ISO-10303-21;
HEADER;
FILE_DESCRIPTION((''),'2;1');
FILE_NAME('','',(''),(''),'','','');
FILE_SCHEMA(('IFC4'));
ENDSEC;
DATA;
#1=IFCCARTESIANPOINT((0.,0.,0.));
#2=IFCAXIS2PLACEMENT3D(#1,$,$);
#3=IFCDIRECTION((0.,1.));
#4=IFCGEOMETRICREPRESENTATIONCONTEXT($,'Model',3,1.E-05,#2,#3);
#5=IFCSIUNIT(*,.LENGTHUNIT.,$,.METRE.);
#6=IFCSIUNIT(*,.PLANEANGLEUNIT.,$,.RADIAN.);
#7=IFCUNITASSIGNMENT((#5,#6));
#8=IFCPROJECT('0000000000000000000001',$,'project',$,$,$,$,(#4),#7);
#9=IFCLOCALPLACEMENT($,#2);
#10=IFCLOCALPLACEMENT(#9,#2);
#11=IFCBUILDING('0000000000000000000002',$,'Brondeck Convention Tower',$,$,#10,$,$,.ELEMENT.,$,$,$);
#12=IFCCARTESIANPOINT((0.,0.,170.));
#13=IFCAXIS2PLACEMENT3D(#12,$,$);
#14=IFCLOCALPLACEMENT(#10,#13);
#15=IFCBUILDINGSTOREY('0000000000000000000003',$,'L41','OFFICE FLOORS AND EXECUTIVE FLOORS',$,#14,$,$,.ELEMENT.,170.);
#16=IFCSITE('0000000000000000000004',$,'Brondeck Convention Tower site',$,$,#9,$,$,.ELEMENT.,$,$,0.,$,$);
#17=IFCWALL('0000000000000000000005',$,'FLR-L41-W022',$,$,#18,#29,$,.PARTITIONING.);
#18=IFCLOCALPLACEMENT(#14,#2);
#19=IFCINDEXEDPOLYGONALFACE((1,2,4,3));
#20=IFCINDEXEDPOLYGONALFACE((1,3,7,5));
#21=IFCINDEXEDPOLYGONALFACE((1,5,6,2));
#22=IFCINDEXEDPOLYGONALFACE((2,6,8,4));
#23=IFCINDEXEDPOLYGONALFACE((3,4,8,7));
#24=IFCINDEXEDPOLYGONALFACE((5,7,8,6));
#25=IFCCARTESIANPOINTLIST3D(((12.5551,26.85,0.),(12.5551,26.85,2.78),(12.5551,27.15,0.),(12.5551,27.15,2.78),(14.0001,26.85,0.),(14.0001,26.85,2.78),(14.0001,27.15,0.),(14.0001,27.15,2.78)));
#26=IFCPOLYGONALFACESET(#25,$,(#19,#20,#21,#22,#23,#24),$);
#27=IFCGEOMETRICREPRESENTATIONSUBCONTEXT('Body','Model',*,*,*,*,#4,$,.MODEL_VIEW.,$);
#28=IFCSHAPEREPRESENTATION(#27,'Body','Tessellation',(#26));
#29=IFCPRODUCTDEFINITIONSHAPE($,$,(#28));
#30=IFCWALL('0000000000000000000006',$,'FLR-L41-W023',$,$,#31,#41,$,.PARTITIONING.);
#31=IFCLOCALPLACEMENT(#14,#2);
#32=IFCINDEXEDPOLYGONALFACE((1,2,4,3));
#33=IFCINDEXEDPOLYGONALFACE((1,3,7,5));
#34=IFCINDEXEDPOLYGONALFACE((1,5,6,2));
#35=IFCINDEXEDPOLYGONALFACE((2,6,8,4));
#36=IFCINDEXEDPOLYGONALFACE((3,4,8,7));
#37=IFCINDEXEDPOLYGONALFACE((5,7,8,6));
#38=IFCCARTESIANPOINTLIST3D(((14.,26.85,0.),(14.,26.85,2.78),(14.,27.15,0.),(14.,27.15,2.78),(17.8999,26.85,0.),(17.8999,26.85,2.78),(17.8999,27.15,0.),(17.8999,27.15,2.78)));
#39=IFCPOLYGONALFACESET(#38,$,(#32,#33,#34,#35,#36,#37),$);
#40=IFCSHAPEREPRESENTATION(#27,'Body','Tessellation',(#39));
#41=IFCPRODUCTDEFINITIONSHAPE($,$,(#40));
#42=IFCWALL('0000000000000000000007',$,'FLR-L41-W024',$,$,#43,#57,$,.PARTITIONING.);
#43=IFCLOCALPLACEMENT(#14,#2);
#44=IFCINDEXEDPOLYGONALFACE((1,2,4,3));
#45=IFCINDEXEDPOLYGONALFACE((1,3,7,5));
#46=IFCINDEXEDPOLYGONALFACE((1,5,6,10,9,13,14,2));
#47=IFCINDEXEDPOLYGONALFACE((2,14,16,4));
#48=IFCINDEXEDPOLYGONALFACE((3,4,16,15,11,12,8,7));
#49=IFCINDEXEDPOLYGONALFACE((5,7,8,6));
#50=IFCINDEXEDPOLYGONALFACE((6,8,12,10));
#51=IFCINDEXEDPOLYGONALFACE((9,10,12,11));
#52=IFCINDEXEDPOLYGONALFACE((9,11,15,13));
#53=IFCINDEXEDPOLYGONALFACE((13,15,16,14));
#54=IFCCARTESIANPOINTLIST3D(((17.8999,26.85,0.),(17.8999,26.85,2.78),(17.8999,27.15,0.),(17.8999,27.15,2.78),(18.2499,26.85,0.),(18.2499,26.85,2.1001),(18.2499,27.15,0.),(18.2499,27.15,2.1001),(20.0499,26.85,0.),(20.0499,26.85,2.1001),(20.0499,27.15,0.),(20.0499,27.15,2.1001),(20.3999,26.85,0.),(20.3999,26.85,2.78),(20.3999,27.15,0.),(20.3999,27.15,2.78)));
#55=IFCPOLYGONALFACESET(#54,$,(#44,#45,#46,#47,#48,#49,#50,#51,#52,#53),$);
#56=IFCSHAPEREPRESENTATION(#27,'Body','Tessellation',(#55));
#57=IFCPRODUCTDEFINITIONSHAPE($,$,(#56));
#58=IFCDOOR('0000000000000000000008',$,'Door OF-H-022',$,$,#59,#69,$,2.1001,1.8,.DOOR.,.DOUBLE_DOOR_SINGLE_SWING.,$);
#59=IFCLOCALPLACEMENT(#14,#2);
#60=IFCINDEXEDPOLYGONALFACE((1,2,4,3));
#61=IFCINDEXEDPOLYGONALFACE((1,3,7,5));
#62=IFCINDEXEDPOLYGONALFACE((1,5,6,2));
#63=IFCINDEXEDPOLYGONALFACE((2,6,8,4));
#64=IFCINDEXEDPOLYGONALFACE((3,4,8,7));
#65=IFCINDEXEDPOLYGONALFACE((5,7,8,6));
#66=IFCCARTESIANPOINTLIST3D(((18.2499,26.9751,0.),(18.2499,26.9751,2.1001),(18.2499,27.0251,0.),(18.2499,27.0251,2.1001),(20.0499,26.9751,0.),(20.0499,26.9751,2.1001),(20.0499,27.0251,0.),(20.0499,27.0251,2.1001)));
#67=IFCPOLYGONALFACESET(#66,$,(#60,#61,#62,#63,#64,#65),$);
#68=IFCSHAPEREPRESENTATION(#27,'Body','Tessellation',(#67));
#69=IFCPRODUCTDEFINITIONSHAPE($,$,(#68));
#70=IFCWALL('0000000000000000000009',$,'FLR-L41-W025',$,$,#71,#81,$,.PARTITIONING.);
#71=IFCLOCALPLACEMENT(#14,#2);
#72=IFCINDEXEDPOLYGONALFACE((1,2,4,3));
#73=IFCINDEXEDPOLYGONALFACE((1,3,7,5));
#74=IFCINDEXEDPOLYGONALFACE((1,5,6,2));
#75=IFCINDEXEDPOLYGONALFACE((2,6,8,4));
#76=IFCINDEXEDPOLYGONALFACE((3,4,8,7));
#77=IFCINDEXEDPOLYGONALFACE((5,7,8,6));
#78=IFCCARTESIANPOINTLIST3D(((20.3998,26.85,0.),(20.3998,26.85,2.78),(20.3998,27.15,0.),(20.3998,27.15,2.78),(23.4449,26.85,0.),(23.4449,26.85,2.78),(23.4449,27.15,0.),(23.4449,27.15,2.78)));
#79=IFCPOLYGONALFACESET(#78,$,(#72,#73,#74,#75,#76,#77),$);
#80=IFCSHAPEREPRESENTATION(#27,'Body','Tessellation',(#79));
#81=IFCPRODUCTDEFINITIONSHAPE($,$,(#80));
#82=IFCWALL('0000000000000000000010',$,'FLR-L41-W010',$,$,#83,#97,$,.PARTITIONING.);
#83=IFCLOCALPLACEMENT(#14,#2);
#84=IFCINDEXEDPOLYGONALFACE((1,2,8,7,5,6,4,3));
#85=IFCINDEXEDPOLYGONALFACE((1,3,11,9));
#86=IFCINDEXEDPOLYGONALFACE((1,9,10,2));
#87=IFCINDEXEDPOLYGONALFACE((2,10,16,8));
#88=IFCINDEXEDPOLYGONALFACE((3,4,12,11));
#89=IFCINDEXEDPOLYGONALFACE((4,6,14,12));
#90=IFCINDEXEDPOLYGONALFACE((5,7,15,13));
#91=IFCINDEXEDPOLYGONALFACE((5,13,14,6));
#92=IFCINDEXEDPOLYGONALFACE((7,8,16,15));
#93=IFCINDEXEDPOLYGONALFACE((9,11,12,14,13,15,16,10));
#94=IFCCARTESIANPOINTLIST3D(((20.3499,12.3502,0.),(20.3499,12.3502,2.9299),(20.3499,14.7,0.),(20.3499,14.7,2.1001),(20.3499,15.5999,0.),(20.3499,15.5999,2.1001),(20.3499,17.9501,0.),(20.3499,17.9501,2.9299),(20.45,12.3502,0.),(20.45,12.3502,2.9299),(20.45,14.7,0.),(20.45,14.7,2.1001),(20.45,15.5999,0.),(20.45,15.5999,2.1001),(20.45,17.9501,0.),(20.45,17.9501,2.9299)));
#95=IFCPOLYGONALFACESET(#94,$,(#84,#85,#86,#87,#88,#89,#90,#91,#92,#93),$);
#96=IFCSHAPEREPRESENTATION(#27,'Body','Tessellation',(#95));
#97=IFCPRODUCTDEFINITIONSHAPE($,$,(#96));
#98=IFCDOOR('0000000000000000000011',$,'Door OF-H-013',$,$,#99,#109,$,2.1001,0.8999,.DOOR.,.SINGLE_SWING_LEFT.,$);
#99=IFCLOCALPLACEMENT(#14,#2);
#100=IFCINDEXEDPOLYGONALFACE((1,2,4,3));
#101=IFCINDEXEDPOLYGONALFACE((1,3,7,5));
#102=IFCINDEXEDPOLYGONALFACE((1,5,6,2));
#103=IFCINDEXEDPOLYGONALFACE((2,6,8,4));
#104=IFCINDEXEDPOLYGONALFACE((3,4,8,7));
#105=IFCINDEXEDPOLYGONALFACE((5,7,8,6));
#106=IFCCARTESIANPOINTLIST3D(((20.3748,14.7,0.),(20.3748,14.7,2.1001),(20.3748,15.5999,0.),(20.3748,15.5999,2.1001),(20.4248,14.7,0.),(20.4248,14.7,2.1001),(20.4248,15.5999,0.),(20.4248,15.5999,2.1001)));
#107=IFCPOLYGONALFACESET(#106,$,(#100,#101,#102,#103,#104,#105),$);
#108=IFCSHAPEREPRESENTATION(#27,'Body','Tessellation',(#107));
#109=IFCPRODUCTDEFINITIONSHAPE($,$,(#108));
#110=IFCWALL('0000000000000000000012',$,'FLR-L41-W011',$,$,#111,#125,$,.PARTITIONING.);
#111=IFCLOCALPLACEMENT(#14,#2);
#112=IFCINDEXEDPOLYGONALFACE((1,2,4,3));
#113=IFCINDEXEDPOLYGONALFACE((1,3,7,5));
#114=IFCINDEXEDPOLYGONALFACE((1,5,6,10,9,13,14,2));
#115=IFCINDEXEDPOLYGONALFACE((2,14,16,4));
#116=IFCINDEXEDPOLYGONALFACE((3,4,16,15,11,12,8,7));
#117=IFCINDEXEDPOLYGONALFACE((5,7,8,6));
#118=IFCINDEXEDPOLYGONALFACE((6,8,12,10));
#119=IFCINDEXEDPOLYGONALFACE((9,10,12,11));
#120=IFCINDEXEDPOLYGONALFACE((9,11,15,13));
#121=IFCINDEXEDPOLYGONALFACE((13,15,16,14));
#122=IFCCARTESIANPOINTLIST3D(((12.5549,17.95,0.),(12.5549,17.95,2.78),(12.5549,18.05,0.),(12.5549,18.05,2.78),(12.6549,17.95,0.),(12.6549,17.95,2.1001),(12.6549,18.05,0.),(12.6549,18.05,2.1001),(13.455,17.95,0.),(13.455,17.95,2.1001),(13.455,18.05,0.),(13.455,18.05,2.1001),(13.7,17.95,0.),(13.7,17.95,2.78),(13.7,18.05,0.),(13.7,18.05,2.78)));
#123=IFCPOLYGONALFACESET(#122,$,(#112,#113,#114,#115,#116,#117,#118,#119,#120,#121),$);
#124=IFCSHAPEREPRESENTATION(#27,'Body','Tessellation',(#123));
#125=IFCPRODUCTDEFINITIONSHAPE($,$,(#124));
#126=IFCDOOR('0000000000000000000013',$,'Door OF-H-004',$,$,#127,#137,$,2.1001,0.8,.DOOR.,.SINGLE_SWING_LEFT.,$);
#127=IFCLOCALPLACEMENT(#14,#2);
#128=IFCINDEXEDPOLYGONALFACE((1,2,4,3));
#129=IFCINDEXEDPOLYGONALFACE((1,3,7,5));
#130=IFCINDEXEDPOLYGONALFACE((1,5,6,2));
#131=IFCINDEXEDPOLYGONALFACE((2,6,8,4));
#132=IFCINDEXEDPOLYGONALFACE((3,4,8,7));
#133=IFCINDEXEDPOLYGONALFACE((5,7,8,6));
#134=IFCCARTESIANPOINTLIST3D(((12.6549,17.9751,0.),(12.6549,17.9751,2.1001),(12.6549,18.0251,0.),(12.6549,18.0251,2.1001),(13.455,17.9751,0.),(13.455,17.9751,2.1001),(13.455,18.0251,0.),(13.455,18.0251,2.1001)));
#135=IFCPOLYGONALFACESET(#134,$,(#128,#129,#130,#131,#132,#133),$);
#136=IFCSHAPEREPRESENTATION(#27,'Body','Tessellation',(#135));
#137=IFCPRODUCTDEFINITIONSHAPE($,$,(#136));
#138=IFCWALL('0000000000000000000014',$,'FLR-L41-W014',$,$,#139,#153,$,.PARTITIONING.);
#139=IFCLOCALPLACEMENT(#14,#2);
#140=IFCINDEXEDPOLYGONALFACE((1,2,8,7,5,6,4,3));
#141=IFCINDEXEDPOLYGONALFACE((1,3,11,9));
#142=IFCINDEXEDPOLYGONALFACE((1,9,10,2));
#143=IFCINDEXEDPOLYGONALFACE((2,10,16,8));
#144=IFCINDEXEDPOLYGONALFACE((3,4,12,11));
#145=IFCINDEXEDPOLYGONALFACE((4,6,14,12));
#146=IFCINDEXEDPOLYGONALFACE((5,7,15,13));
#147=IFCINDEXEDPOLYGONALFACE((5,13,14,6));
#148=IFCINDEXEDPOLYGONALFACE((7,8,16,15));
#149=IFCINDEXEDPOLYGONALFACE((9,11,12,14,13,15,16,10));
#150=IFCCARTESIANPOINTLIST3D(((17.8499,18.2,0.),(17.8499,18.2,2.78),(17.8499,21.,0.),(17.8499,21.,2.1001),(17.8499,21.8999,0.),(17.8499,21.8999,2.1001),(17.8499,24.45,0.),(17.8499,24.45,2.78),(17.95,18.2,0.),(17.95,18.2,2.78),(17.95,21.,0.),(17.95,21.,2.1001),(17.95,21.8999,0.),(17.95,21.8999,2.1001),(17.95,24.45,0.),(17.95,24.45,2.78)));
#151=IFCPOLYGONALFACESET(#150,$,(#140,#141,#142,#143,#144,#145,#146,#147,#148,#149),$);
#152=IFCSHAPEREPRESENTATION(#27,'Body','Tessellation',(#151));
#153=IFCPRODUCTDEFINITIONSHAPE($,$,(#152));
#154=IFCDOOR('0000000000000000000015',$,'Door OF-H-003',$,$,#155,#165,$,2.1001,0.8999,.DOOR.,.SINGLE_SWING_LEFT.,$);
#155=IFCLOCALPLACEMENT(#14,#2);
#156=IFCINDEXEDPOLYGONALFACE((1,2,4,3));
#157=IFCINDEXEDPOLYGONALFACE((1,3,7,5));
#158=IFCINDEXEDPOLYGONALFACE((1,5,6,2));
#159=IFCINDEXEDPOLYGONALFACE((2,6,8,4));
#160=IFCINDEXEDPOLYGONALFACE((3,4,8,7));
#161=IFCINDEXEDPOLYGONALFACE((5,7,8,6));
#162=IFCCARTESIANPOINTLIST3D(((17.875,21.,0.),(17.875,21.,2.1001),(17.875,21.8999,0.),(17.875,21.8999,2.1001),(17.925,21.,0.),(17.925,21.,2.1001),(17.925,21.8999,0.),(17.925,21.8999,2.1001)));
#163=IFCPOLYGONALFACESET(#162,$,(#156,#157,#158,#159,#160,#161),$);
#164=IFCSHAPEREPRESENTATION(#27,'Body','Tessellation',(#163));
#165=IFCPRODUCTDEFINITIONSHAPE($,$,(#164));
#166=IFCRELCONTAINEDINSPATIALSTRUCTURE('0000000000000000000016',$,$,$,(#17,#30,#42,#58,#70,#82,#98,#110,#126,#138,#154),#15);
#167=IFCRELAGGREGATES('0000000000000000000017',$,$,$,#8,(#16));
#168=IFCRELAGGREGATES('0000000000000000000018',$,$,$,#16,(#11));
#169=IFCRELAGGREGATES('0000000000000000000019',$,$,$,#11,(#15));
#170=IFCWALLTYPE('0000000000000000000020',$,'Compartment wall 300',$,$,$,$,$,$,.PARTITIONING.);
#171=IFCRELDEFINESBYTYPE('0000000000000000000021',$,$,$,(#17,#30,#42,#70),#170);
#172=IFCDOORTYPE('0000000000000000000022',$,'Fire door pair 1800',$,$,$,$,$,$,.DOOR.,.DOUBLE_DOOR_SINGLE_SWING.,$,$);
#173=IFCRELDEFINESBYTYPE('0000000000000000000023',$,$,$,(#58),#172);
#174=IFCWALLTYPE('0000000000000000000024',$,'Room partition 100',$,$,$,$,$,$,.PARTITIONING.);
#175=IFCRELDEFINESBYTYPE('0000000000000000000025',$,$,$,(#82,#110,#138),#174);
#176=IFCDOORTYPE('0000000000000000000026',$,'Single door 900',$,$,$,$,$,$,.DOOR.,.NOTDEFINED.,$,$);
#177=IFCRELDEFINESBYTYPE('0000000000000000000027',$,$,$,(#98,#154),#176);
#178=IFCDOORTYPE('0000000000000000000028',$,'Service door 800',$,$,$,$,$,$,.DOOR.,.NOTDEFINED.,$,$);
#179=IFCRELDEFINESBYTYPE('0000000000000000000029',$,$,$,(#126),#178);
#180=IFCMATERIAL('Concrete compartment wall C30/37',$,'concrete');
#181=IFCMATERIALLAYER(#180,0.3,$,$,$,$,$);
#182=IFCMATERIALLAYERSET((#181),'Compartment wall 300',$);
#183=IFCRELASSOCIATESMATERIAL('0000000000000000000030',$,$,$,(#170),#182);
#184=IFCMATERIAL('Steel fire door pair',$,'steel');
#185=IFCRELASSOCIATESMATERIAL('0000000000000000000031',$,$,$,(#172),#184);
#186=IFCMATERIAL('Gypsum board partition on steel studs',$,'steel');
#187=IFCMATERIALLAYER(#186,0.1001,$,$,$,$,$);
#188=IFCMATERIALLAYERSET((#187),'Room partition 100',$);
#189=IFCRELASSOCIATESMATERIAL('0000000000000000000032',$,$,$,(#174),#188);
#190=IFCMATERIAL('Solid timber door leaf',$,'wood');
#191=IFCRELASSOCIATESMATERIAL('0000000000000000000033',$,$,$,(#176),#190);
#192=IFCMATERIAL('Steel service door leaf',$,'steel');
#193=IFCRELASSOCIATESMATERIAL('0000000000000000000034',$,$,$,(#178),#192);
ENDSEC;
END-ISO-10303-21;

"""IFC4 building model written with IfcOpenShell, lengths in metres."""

from ifc_helpers import new_model, si_unit, direction, frame, frame_2d, origin, place, context, subcontext, project, spatial, rectangle, extrude, material, layer, layer_set, type_object, element, fill, save


model = new_model("IFC4")

# Units and contexts
model_context = context("Model", 3, precision=1e-05, world=origin(), true_north=direction((0.0, 1.0)))
body_context = subcontext(model_context, "Body", "Model", "MODEL_VIEW")
ifc_project = project(units=[si_unit("LENGTHUNIT", "METRE"), si_unit("PLANEANGLEUNIT", "RADIAN")], contexts=[model_context])

# Site, building, storey
site_placement = place(None, origin())
site = spatial("IfcSite", under=ifc_project, at=site_placement, Name="Brondeck Convention Tower site", CompositionType="ELEMENT", RefElevation=0.0)
building_placement = place(site_placement, origin())
building = spatial("IfcBuilding", under=site, at=building_placement, Name="Brondeck Convention Tower", CompositionType="ELEMENT")
storey_placement = place(building_placement, frame((0.0, 0.0, 170.0)))
storey = spatial("IfcBuildingStorey", under=building, at=storey_placement, Name="L41", Description="OFFICE FLOORS AND EXECUTIVE FLOORS", CompositionType="ELEMENT", Elevation=170.0)

# Walls
ifc_material_1 = material(Name="Concrete compartment wall C30/37", Category="concrete")
ifc_layer_1 = layer(ifc_material_1, 0.3)
ifc_layer_set_1 = layer_set([ifc_layer_1], Name="Compartment wall 300")
wall_type_1 = type_object("IfcWallType", Name="Compartment wall 300", PredefinedType="PARTITIONING", material=ifc_layer_set_1)
wall_1_placement = place(storey_placement, frame((12.5549, 27.0, 0.0), z_axis=(0.0, 0.0, 1.0), x_axis=(1.0, 0.0, 0.0)))
element("IfcWall", 1, at=wall_1_placement, inside=storey, type_object=wall_type_1, Name="FLR-L41-W022", PredefinedType="PARTITIONING", context=body_context, shape_type="SweptSolid", body=[
    extrude(rectangle(XDim=1.4451, YDim=0.3, at=frame_2d((0.7227, 0.0))), origin(), (0.0, 0.0, 1.0), 2.78),
])
wall_2_placement = place(storey_placement, frame((14.0, 27.0, 0.0), z_axis=(0.0, 0.0, 1.0), x_axis=(1.0, 0.0, 0.0)))
element("IfcWall", 2, at=wall_2_placement, inside=storey, type_object=wall_type_1, Name="FLR-L41-W023", PredefinedType="PARTITIONING", context=body_context, shape_type="SweptSolid", body=[
    extrude(rectangle(XDim=3.8999, YDim=0.3, at=frame_2d((1.95, 0.0))), origin(), (0.0, 0.0, 1.0), 2.78),
])

# Wall, opening, door
wall_3_placement = place(storey_placement, frame((20.3999, 27.0, 0.0), z_axis=(0.0, 0.0, 1.0), x_axis=(-1.0, 0.0, 0.0)))
wall_3 = element("IfcWall", 3, at=wall_3_placement, inside=storey, type_object=wall_type_1, Name="FLR-L41-W024", PredefinedType="PARTITIONING", context=body_context, shape_type="SweptSolid", body=[
    extrude(rectangle(XDim=2.5, YDim=0.3, at=frame_2d((1.25, 0.0))), origin(), (0.0, 0.0, 1.0), 2.78),
])
opening_1_placement = place(wall_3_placement, frame((0.3501, 0.0, 0.0)))
opening_1 = element("IfcOpeningElement", 4, at=opening_1_placement, cuts=wall_3, PredefinedType="OPENING", context=body_context, shape_type="SweptSolid", body=[
    extrude(rectangle(XDim=1.8, YDim=2.1001, at=frame_2d((0.8999, 1.05))), frame((0.0, 0.1599, 0.0), z_axis=(0.0, -1.0, 0.0), x_axis=(1.0, 0.0, 0.0)), (0.0, 0.0, 1.0), 0.3201),
])
ifc_material_2 = material(Name="Steel fire door pair", Category="steel")
door_type_1 = type_object("IfcDoorType", Name="Fire door pair 1800", OperationType="DOUBLE_DOOR_SINGLE_SWING", PredefinedType="DOOR", material=ifc_material_2)
door_1_placement = place(opening_1_placement, origin())
door_1 = element("IfcDoor", 5, at=door_1_placement, inside=storey, type_object=door_type_1, Name="Door OF-H-022", OperationType="DOUBLE_DOOR_SINGLE_SWING", OverallHeight=2.1001, OverallWidth=1.8, PredefinedType="DOOR", context=body_context, shape_type="SweptSolid", body=[
    extrude(rectangle(XDim=1.8, YDim=2.1001, at=frame_2d((0.8999, 1.05))), frame((0.0, 0.0249, 0.0), z_axis=(0.0, -1.0, 0.0), x_axis=(1.0, 0.0, 0.0)), (0.0, 0.0, 1.0), 0.05),
])
fill(opening_1, door_1)

# Wall
wall_4_placement = place(storey_placement, frame((20.3999, 27.0, 0.0), z_axis=(0.0, 0.0, 1.0), x_axis=(1.0, 0.0, 0.0)))
element("IfcWall", 6, at=wall_4_placement, inside=storey, type_object=wall_type_1, Name="FLR-L41-W025", PredefinedType="PARTITIONING", context=body_context, shape_type="SweptSolid", body=[
    extrude(rectangle(XDim=3.0452, YDim=0.3, at=frame_2d((1.5225, 0.0))), origin(), (0.0, 0.0, 1.0), 2.78),
])

# Walls, openings, doors
ifc_material_3 = material(Name="Gypsum board partition on steel studs", Category="steel")
ifc_layer_2 = layer(ifc_material_3, 0.1001)
ifc_layer_set_2 = layer_set([ifc_layer_2], Name="Room partition 100")
wall_type_2 = type_object("IfcWallType", Name="Room partition 100", PredefinedType="PARTITIONING", material=ifc_layer_set_2)
wall_5_placement = place(storey_placement, frame((20.3999, 17.95, 0.0), z_axis=(0.0, 0.0, 1.0), x_axis=(0.0, -1.0, 0.0)))
wall_5 = element("IfcWall", 7, at=wall_5_placement, inside=storey, type_object=wall_type_2, Name="FLR-L41-W010", PredefinedType="PARTITIONING", context=body_context, shape_type="SweptSolid", body=[
    extrude(rectangle(XDim=5.5999, YDim=0.1001, at=frame_2d((2.7998, 0.0))), origin(), (0.0, 0.0, 1.0), 2.9299),
])
opening_2_placement = place(wall_5_placement, frame((2.3501, 0.0, 0.0)))
opening_2 = element("IfcOpeningElement", 8, at=opening_2_placement, cuts=wall_5, PredefinedType="OPENING", context=body_context, shape_type="SweptSolid", body=[
    extrude(rectangle(XDim=0.8999, YDim=2.1001, at=frame_2d((0.45, 1.05))), frame((0.0, 0.0601, 0.0), z_axis=(0.0, -1.0, 0.0), x_axis=(1.0, 0.0, 0.0)), (0.0, 0.0, 1.0), 0.1201),
])
ifc_material_4 = material(Name="Solid timber door leaf", Category="wood")
door_type_2 = type_object("IfcDoorType", Name="Single door 900", OperationType="NOTDEFINED", PredefinedType="DOOR", material=ifc_material_4)
door_2_placement = place(opening_2_placement, origin())
door_2 = element("IfcDoor", 9, at=door_2_placement, inside=storey, type_object=door_type_2, Name="Door OF-H-013", OperationType="SINGLE_SWING_LEFT", OverallHeight=2.1001, OverallWidth=0.8999, PredefinedType="DOOR", context=body_context, shape_type="SweptSolid", body=[
    extrude(rectangle(XDim=0.8999, YDim=2.1001, at=frame_2d((0.45, 1.05))), frame((0.0, 0.0249, 0.0), z_axis=(0.0, -1.0, 0.0), x_axis=(1.0, 0.0, 0.0)), (0.0, 0.0, 1.0), 0.05),
])
fill(opening_2, door_2)
wall_6_placement = place(storey_placement, frame((13.7, 18.0, 0.0), z_axis=(0.0, 0.0, 1.0), x_axis=(-1.0, 0.0, 0.0)))
wall_6 = element("IfcWall", 10, at=wall_6_placement, inside=storey, type_object=wall_type_2, Name="FLR-L41-W011", PredefinedType="PARTITIONING", context=body_context, shape_type="SweptSolid", body=[
    extrude(rectangle(XDim=1.145, YDim=0.1001, at=frame_2d((0.5725, 0.0))), origin(), (0.0, 0.0, 1.0), 2.78),
])
opening_3_placement = place(wall_6_placement, frame((0.2451, 0.0, 0.0)))
opening_3 = element("IfcOpeningElement", 11, at=opening_3_placement, cuts=wall_6, PredefinedType="OPENING", context=body_context, shape_type="SweptSolid", body=[
    extrude(rectangle(XDim=0.8, YDim=2.1001, at=frame_2d((0.3999, 1.05))), frame((0.0, 0.0601, 0.0), z_axis=(0.0, -1.0, 0.0), x_axis=(1.0, 0.0, 0.0)), (0.0, 0.0, 1.0), 0.1201),
])
ifc_material_5 = material(Name="Steel service door leaf", Category="steel")
door_type_3 = type_object("IfcDoorType", Name="Service door 800", OperationType="NOTDEFINED", PredefinedType="DOOR", material=ifc_material_5)
door_3_placement = place(opening_3_placement, origin())
door_3 = element("IfcDoor", 12, at=door_3_placement, inside=storey, type_object=door_type_3, Name="Door OF-H-004", OperationType="SINGLE_SWING_LEFT", OverallHeight=2.1001, OverallWidth=0.8, PredefinedType="DOOR", context=body_context, shape_type="SweptSolid", body=[
    extrude(rectangle(XDim=0.8, YDim=2.1001, at=frame_2d((0.3999, 1.05))), frame((0.0, 0.0249, 0.0), z_axis=(0.0, -1.0, 0.0), x_axis=(1.0, 0.0, 0.0)), (0.0, 0.0, 1.0), 0.05),
])
fill(opening_3, door_3)
wall_7_placement = place(storey_placement, frame((17.8999, 18.2, 0.0), z_axis=(0.0, 0.0, 1.0), x_axis=(0.0, 1.0, 0.0)))
wall_7 = element("IfcWall", 13, at=wall_7_placement, inside=storey, type_object=wall_type_2, Name="FLR-L41-W014", PredefinedType="PARTITIONING", context=body_context, shape_type="SweptSolid", body=[
    extrude(rectangle(XDim=6.25, YDim=0.1001, at=frame_2d((3.125, 0.0))), origin(), (0.0, 0.0, 1.0), 2.78),
])
opening_4_placement = place(wall_7_placement, frame((2.8, 0.0, 0.0)))
opening_4 = element("IfcOpeningElement", 14, at=opening_4_placement, cuts=wall_7, PredefinedType="OPENING", context=body_context, shape_type="SweptSolid", body=[
    extrude(rectangle(XDim=0.8999, YDim=2.1001, at=frame_2d((0.45, 1.05))), frame((0.0, 0.0601, 0.0), z_axis=(0.0, -1.0, 0.0), x_axis=(1.0, 0.0, 0.0)), (0.0, 0.0, 1.0), 0.1201),
])
door_4_placement = place(opening_4_placement, origin())
door_4 = element("IfcDoor", 15, at=door_4_placement, inside=storey, type_object=door_type_2, Name="Door OF-H-003", OperationType="SINGLE_SWING_LEFT", OverallHeight=2.1001, OverallWidth=0.8999, PredefinedType="DOOR", context=body_context, shape_type="SweptSolid", body=[
    extrude(rectangle(XDim=0.8999, YDim=2.1001, at=frame_2d((0.45, 1.05))), frame((0.0, 0.0249, 0.0), z_axis=(0.0, -1.0, 0.0), x_axis=(1.0, 0.0, 0.0)), (0.0, 0.0, 1.0), 0.05),
])
fill(opening_4, door_4)

save(model, "model.ifc")
